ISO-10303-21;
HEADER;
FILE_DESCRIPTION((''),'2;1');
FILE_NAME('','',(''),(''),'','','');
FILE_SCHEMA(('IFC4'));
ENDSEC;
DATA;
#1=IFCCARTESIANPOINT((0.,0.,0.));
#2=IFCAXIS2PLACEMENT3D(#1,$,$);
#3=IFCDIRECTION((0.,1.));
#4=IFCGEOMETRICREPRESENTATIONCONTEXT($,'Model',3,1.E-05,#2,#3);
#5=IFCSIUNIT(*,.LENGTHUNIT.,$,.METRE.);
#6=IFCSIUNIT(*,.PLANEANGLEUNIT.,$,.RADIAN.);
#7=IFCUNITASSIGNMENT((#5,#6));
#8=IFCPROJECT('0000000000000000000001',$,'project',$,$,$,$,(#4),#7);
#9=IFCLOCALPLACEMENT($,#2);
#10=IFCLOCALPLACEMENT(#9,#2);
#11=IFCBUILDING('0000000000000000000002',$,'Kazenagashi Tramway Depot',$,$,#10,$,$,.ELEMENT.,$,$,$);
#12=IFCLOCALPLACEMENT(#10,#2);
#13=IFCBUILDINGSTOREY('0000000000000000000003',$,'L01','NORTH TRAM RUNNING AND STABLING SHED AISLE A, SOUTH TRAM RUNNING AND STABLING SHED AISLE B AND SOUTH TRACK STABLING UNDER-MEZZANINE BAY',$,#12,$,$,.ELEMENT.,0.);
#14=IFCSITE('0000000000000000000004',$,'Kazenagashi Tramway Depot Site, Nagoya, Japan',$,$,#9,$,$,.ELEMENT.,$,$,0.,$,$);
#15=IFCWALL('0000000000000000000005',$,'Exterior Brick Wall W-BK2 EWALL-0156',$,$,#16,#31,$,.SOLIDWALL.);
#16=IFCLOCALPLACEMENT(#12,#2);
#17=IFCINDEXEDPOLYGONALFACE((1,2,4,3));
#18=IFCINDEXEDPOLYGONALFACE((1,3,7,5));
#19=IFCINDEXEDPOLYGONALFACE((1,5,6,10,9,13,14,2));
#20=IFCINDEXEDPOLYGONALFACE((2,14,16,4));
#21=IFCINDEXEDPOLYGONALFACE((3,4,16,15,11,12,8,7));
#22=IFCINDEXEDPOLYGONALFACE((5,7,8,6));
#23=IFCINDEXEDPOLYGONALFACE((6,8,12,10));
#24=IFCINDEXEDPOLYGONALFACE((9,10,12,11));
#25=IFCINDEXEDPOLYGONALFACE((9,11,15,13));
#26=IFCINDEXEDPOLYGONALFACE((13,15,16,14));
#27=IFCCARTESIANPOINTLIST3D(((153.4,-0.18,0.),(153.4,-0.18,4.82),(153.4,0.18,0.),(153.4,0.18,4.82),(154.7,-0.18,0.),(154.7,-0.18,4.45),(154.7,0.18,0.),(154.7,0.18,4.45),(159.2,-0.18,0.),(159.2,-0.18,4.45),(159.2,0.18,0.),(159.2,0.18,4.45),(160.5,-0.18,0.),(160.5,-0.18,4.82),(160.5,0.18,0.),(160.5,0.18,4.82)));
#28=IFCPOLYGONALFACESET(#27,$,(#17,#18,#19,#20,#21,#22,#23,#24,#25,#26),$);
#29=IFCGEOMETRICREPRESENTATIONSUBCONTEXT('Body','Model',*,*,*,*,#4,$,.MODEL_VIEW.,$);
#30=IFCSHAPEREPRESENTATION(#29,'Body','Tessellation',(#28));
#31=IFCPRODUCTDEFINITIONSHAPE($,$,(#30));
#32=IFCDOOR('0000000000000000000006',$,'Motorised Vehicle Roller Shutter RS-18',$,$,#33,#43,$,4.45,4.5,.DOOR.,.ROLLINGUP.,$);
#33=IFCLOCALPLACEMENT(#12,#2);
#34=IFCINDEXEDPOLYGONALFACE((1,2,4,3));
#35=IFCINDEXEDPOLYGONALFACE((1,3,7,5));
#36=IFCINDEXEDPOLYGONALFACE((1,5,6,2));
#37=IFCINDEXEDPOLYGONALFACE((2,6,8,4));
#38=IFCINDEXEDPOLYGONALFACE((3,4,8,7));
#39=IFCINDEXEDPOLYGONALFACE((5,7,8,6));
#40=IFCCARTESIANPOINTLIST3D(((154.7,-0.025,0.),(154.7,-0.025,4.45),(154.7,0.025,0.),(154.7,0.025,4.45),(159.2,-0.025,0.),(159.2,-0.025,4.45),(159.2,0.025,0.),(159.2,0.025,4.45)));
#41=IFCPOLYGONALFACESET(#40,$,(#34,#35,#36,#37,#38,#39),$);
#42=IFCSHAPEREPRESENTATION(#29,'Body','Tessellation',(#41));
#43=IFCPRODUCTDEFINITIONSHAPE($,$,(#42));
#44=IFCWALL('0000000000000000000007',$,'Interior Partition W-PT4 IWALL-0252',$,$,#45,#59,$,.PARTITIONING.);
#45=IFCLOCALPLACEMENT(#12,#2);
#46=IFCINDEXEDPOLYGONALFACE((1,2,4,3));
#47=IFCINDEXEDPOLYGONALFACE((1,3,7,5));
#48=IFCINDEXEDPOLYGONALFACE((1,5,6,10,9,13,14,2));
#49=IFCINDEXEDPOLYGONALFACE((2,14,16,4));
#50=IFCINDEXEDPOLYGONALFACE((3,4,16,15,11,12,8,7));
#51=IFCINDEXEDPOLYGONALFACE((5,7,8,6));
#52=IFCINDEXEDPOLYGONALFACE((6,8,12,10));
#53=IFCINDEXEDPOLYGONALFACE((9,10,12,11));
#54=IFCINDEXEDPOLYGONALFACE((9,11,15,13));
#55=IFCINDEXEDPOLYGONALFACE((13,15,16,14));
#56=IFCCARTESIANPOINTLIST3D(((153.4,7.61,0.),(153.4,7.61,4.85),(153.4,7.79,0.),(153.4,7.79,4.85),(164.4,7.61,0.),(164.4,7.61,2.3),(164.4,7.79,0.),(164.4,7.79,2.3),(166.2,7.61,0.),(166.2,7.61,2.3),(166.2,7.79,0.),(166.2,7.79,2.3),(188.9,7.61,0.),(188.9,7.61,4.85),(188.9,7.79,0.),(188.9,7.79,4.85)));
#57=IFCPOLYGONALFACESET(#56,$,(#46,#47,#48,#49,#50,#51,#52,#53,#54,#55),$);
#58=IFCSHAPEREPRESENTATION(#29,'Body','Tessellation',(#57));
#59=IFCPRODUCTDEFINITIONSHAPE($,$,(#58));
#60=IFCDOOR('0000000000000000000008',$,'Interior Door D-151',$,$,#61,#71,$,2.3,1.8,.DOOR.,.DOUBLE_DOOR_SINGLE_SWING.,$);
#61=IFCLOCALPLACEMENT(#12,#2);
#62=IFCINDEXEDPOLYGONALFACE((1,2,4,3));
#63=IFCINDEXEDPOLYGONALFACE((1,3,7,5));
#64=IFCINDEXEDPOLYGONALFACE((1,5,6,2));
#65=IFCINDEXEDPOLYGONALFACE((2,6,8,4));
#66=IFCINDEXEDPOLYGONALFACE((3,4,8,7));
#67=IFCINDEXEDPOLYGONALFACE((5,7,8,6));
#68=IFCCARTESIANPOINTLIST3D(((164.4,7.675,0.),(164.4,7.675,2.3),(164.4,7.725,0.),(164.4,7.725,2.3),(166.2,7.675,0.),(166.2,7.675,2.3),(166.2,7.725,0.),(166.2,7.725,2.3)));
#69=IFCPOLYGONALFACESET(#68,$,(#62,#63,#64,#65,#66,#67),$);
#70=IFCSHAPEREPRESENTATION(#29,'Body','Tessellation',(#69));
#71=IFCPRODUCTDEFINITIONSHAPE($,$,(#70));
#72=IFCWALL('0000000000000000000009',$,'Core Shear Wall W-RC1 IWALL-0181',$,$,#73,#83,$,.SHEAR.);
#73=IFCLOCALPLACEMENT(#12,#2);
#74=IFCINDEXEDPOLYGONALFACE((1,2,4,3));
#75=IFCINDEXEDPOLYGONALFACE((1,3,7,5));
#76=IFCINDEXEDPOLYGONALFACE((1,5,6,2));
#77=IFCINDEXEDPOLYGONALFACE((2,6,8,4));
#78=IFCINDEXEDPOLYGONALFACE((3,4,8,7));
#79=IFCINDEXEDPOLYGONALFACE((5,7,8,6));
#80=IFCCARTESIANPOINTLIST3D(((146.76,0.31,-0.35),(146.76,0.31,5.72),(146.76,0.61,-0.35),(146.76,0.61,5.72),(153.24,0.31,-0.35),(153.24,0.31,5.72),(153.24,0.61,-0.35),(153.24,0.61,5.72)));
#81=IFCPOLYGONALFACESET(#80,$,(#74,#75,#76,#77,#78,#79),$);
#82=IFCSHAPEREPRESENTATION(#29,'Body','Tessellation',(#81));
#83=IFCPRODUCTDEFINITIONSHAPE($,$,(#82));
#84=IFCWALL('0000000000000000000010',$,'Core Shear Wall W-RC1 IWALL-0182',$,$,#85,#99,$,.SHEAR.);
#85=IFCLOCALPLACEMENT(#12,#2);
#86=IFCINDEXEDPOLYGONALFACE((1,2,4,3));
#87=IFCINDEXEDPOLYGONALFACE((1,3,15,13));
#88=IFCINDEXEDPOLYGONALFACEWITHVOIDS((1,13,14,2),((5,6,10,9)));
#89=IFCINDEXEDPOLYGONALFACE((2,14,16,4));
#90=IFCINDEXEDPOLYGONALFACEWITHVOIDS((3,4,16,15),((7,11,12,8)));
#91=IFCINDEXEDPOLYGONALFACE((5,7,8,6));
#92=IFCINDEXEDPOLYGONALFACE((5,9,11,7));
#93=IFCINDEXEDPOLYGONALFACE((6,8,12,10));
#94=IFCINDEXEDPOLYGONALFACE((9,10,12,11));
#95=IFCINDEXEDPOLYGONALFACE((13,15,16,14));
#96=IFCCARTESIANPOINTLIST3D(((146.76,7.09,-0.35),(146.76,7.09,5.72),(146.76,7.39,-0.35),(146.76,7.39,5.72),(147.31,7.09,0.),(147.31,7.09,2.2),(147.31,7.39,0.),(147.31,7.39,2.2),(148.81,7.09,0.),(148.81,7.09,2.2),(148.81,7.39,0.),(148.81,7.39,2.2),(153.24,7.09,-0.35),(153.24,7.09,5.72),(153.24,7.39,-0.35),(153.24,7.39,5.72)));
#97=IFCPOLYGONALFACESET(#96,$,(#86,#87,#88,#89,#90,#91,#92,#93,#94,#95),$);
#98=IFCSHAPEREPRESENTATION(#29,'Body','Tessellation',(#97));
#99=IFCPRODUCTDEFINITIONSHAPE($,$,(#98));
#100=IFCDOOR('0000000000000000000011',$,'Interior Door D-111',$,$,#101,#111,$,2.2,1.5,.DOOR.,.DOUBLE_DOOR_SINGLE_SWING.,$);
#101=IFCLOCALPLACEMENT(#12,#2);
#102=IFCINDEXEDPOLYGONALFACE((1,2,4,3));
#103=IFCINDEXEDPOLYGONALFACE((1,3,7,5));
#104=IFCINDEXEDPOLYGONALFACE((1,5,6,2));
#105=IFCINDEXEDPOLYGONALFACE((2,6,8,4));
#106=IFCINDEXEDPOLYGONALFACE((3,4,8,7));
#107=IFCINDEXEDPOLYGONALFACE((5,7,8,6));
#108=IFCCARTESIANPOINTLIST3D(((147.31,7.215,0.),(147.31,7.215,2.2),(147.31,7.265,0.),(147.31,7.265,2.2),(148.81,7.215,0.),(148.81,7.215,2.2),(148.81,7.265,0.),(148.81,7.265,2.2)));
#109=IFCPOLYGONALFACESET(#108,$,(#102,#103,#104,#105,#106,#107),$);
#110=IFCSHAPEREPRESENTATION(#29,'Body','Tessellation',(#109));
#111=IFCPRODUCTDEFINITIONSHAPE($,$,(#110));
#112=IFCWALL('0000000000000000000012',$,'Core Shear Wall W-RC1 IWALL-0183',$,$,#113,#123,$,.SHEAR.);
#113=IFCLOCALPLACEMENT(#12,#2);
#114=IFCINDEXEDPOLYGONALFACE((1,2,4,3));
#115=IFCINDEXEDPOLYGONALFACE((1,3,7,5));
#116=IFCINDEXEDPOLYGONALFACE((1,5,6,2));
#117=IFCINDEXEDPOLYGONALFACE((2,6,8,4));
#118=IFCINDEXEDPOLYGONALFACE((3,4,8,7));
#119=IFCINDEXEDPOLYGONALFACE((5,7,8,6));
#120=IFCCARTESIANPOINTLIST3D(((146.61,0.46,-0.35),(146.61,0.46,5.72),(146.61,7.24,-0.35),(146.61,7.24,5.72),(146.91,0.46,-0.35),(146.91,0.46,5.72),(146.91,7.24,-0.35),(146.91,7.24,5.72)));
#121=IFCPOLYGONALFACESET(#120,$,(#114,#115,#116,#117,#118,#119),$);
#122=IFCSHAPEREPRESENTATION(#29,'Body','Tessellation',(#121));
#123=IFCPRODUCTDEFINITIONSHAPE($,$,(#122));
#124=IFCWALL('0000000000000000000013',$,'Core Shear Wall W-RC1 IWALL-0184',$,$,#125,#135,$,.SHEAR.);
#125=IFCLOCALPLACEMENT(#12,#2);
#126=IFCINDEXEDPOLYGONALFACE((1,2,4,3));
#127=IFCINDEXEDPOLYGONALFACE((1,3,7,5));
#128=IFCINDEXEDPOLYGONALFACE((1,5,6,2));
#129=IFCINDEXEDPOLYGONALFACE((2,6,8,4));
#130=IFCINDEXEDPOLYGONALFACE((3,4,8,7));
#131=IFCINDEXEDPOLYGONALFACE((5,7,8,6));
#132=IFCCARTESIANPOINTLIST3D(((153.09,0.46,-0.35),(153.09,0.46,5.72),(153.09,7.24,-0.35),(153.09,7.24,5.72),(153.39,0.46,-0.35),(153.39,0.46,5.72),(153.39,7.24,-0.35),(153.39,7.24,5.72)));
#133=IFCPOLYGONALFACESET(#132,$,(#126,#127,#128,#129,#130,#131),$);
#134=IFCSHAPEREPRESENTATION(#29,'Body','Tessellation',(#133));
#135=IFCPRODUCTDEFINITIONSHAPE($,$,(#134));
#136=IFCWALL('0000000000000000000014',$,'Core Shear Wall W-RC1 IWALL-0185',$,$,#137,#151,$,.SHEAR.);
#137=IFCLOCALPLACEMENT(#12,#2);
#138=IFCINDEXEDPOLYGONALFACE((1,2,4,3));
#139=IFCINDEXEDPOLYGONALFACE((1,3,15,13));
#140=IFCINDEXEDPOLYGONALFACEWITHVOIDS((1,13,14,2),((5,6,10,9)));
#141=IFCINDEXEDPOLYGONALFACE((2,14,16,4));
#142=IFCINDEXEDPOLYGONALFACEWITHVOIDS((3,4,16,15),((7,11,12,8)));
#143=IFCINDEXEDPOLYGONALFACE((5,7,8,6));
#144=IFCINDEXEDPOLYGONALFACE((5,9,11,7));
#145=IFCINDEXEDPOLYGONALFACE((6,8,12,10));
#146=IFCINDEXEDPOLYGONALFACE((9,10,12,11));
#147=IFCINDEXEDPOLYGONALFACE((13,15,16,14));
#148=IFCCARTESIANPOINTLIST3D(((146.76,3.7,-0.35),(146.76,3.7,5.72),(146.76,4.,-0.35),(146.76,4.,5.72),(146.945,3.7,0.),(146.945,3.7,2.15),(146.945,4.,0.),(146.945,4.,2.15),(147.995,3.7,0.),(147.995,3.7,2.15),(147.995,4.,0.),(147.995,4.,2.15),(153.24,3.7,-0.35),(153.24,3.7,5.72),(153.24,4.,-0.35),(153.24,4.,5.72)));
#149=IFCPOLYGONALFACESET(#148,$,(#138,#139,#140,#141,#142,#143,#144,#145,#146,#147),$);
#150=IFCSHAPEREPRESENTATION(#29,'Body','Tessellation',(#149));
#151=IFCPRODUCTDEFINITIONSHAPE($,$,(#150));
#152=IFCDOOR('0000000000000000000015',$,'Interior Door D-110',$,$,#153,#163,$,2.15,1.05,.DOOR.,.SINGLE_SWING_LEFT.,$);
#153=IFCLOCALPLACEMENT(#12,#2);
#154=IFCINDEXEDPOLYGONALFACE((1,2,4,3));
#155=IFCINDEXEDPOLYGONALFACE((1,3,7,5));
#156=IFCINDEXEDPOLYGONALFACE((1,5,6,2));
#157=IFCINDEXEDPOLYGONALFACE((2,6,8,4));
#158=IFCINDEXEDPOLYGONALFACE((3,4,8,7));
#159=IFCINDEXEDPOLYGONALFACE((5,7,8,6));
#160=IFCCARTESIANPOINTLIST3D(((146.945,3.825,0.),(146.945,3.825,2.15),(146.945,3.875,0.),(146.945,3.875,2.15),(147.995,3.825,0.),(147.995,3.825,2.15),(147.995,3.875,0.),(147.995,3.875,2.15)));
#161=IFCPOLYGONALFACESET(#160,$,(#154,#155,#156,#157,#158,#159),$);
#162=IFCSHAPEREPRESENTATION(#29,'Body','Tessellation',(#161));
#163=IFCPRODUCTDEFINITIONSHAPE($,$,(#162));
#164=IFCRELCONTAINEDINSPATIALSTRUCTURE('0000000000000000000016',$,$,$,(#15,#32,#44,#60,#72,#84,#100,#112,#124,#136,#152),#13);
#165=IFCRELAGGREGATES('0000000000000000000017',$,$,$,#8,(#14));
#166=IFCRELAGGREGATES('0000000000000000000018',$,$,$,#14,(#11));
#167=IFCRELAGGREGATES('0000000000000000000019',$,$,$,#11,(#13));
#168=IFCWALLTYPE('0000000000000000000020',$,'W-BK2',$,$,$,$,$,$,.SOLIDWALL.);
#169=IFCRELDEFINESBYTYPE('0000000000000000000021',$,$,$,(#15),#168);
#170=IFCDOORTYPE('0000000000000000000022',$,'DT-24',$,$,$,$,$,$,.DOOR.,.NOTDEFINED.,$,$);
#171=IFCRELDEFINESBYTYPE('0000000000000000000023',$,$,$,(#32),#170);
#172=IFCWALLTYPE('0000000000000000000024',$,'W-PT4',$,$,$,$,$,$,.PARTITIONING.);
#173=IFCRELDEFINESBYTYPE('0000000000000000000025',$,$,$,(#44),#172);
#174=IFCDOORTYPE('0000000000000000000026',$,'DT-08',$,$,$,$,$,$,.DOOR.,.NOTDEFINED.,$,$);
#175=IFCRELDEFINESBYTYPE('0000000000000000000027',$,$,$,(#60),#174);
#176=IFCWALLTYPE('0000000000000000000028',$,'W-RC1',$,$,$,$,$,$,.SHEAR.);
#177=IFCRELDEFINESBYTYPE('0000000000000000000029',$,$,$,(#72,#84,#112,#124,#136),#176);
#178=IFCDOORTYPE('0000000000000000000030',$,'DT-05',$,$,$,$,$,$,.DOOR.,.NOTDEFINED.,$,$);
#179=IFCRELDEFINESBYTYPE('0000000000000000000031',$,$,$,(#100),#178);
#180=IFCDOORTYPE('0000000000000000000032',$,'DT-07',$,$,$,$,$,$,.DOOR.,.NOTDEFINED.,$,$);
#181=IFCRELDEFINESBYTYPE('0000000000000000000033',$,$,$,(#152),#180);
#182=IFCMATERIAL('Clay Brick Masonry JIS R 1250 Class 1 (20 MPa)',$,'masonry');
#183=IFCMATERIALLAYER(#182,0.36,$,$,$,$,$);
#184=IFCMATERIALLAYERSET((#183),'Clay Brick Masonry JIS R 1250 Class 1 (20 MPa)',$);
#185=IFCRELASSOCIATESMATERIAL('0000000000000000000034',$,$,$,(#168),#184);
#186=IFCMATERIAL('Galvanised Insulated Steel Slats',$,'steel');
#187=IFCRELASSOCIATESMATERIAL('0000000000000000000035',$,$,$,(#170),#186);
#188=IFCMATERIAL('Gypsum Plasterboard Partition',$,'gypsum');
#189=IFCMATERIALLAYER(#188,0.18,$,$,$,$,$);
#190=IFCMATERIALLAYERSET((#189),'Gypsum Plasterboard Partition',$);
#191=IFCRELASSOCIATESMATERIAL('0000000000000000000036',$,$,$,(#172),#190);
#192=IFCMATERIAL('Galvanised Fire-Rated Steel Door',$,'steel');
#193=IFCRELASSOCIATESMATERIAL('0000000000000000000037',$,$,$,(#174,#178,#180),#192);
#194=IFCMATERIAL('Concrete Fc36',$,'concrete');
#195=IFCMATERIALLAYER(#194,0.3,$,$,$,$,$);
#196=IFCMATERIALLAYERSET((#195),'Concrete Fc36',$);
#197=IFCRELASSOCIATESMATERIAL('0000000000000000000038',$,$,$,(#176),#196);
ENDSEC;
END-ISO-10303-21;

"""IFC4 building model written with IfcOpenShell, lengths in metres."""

from ifc_helpers import new_model, si_unit, direction, frame, frame_2d, origin, place, context, subcontext, project, spatial, rectangle, extrude, material, layer, layer_set, type_object, element, fill, save


model = new_model("IFC4")

# Units and contexts
model_context = context("Model", 3, precision=1e-05, world=origin(), true_north=direction((0.0, 1.0)))
body_context = subcontext(model_context, "Body", "Model", "MODEL_VIEW")
ifc_project = project(units=[si_unit("LENGTHUNIT", "METRE"), si_unit("PLANEANGLEUNIT", "RADIAN")], contexts=[model_context])

# Site, building, storey
site_placement = place(None, origin())
site = spatial("IfcSite", under=ifc_project, at=site_placement, Name="Kazenagashi Tramway Depot Site, Nagoya, Japan", CompositionType="ELEMENT", RefElevation=0.0)
building_placement = place(site_placement, origin())
building = spatial("IfcBuilding", under=site, at=building_placement, Name="Kazenagashi Tramway Depot", CompositionType="ELEMENT")
storey_placement = place(building_placement, origin())
storey = spatial("IfcBuildingStorey", under=building, at=storey_placement, Name="L01", Description="NORTH TRAM RUNNING AND STABLING SHED AISLE A, SOUTH TRAM RUNNING AND STABLING SHED AISLE B AND SOUTH TRACK STABLING UNDER-MEZZANINE BAY", CompositionType="ELEMENT", Elevation=0.0)

# Walls, openings, doors
ifc_material_1 = material(Name="Clay Brick Masonry JIS R 1250 Class 1 (20 MPa)", Category="masonry")
ifc_layer_1 = layer(ifc_material_1, 0.36)
ifc_layer_set_1 = layer_set([ifc_layer_1], Name="Clay Brick Masonry JIS R 1250 Class 1 (20 MPa)")
wall_type_1 = type_object("IfcWallType", Name="W-BK2", PredefinedType="SOLIDWALL", material=ifc_layer_set_1)
wall_1_placement = place(storey_placement, frame((153.4, 0.0, 0.0), z_axis=(0.0, 0.0, 1.0), x_axis=(1.0, 0.0, 0.0)))
wall_1 = element("IfcWall", 1, at=wall_1_placement, inside=storey, type_object=wall_type_1, Name="Exterior Brick Wall W-BK2 EWALL-0156", PredefinedType="SOLIDWALL", context=body_context, shape_type="SweptSolid", body=[
    extrude(rectangle(XDim=7.1, YDim=0.36, at=frame_2d((3.55, 0.0))), origin(), (0.0, 0.0, 1.0), 4.82),
])
opening_1_placement = place(wall_1_placement, frame((1.3, 0.0, 0.0)))
opening_1 = element("IfcOpeningElement", 2, at=opening_1_placement, cuts=wall_1, PredefinedType="OPENING", context=body_context, shape_type="SweptSolid", body=[
    extrude(rectangle(XDim=4.5, YDim=4.45, at=frame_2d((2.25, 2.225))), frame((0.0, 0.19, 0.0), z_axis=(0.0, -1.0, 0.0), x_axis=(1.0, 0.0, 0.0)), (0.0, 0.0, 1.0), 0.38),
])
ifc_material_2 = material(Name="Galvanised Insulated Steel Slats", Category="steel")
door_type_1 = type_object("IfcDoorType", Name="DT-24", OperationType="NOTDEFINED", PredefinedType="DOOR", material=ifc_material_2)
door_1_placement = place(opening_1_placement, frame((4.5, 0.0, 0.0), z_axis=(0.0, 0.0, 1.0), x_axis=(-1.0, 0.0, 0.0)))
door_1 = element("IfcDoor", 3, at=door_1_placement, inside=storey, type_object=door_type_1, Name="Motorised Vehicle Roller Shutter RS-18", OperationType="ROLLINGUP", OverallHeight=4.45, OverallWidth=4.5, PredefinedType="DOOR", context=body_context, shape_type="SweptSolid", body=[
    extrude(rectangle(XDim=4.5, YDim=4.45, at=frame_2d((2.25, 2.225))), frame((0.0, 0.025, 0.0), z_axis=(0.0, -1.0, 0.0), x_axis=(1.0, 0.0, 0.0)), (0.0, 0.0, 1.0), 0.05),
])
fill(opening_1, door_1)
ifc_material_3 = material(Name="Gypsum Plasterboard Partition", Category="gypsum")
ifc_layer_2 = layer(ifc_material_3, 0.18)
ifc_layer_set_2 = layer_set([ifc_layer_2], Name="Gypsum Plasterboard Partition")
wall_type_2 = type_object("IfcWallType", Name="W-PT4", PredefinedType="PARTITIONING", material=ifc_layer_set_2)
wall_2_placement = place(storey_placement, frame((153.4, 7.7, 0.0), z_axis=(0.0, 0.0, 1.0), x_axis=(1.0, 0.0, 0.0)))
wall_2 = element("IfcWall", 4, at=wall_2_placement, inside=storey, type_object=wall_type_2, Name="Interior Partition W-PT4 IWALL-0252", PredefinedType="PARTITIONING", context=body_context, shape_type="SweptSolid", body=[
    extrude(rectangle(XDim=35.5, YDim=0.18, at=frame_2d((17.75, 0.0))), origin(), (0.0, 0.0, 1.0), 4.85),
])
opening_2_placement = place(wall_2_placement, frame((11.0, 0.0, 0.0)))
opening_2 = element("IfcOpeningElement", 5, at=opening_2_placement, cuts=wall_2, PredefinedType="OPENING", context=body_context, shape_type="SweptSolid", body=[
    extrude(rectangle(XDim=1.8, YDim=2.3, at=frame_2d((0.9, 1.15))), frame((0.0, 0.1, 0.0), z_axis=(0.0, -1.0, 0.0), x_axis=(1.0, 0.0, 0.0)), (0.0, 0.0, 1.0), 0.2),
])
ifc_material_4 = material(Name="Galvanised Fire-Rated Steel Door", Category="steel")
door_type_2 = type_object("IfcDoorType", Name="DT-08", OperationType="NOTDEFINED", PredefinedType="DOOR", material=ifc_material_4)
door_2_placement = place(opening_2_placement, origin())
door_2 = element("IfcDoor", 6, at=door_2_placement, inside=storey, type_object=door_type_2, Name="Interior Door D-151", OperationType="DOUBLE_DOOR_SINGLE_SWING", OverallHeight=2.3, OverallWidth=1.8, PredefinedType="DOOR", context=body_context, shape_type="SweptSolid", body=[
    extrude(rectangle(XDim=1.8, YDim=2.3, at=frame_2d((0.9, 1.15))), frame((0.0, 0.025, 0.0), z_axis=(0.0, -1.0, 0.0), x_axis=(1.0, 0.0, 0.0)), (0.0, 0.0, 1.0), 0.05),
])
fill(opening_2, door_2)

# Wall
ifc_material_5 = material(Name="Concrete Fc36", Category="concrete")
ifc_layer_3 = layer(ifc_material_5, 0.3)
ifc_layer_set_3 = layer_set([ifc_layer_3], Name="Concrete Fc36")
wall_type_3 = type_object("IfcWallType", Name="W-RC1", PredefinedType="SHEAR", material=ifc_layer_set_3)
wall_3_placement = place(storey_placement, frame((146.76, 0.46, -0.35), z_axis=(0.0, 0.0, 1.0), x_axis=(1.0, 0.0, 0.0)))
element("IfcWall", 7, at=wall_3_placement, inside=storey, type_object=wall_type_3, Name="Core Shear Wall W-RC1 IWALL-0181", PredefinedType="SHEAR", context=body_context, shape_type="SweptSolid", body=[
    extrude(rectangle(XDim=6.48, YDim=0.3, at=frame_2d((3.24, 0.0))), origin(), (0.0, 0.0, 1.0), 6.07),
])

# Wall, opening, door
wall_4_placement = place(storey_placement, frame((146.76, 7.24, -0.35), z_axis=(0.0, 0.0, 1.0), x_axis=(1.0, 0.0, 0.0)))
wall_4 = element("IfcWall", 8, at=wall_4_placement, inside=storey, type_object=wall_type_3, Name="Core Shear Wall W-RC1 IWALL-0182", PredefinedType="SHEAR", context=body_context, shape_type="SweptSolid", body=[
    extrude(rectangle(XDim=6.48, YDim=0.3, at=frame_2d((3.24, 0.0))), origin(), (0.0, 0.0, 1.0), 6.07),
])
opening_3_placement = place(wall_4_placement, frame((0.55, 0.0, 0.35)))
opening_3 = element("IfcOpeningElement", 9, at=opening_3_placement, cuts=wall_4, PredefinedType="OPENING", context=body_context, shape_type="SweptSolid", body=[
    extrude(rectangle(XDim=1.5, YDim=2.2, at=frame_2d((0.75, 1.1))), frame((0.0, 0.16, 0.0), z_axis=(0.0, -1.0, 0.0), x_axis=(1.0, 0.0, 0.0)), (0.0, 0.0, 1.0), 0.32),
])
door_type_3 = type_object("IfcDoorType", Name="DT-05", OperationType="NOTDEFINED", PredefinedType="DOOR", material=ifc_material_4)
door_3_placement = place(opening_3_placement, origin())
door_3 = element("IfcDoor", 10, at=door_3_placement, inside=storey, type_object=door_type_3, Name="Interior Door D-111", OperationType="DOUBLE_DOOR_SINGLE_SWING", OverallHeight=2.2, OverallWidth=1.5, PredefinedType="DOOR", context=body_context, shape_type="SweptSolid", body=[
    extrude(rectangle(XDim=1.5, YDim=2.2, at=frame_2d((0.75, 1.1))), frame((0.0, 0.025, 0.0), z_axis=(0.0, -1.0, 0.0), x_axis=(1.0, 0.0, 0.0)), (0.0, 0.0, 1.0), 0.05),
])
fill(opening_3, door_3)

# Walls
for number, where, z_axis, x_axis, name in (
    (11, (146.76, 0.46, -0.35), (0.0, 0.0, 1.0), (0.0, 1.0, 0.0), "Core Shear Wall W-RC1 IWALL-0183"),
    (12, (153.24, 0.46, -0.35), (0.0, 0.0, 1.0), (0.0, 1.0, 0.0), "Core Shear Wall W-RC1 IWALL-0184"),
):
    element("IfcWall", number, at=place(storey_placement, frame(where, z_axis=z_axis, x_axis=x_axis)), inside=storey, type_object=wall_type_3, Name=name, PredefinedType="SHEAR", context=body_context, shape_type="SweptSolid", body=[
        extrude(rectangle(XDim=6.78, YDim=0.3, at=frame_2d((3.39, 0.0))), origin(), (0.0, 0.0, 1.0), 6.07),
    ])

# Wall, opening, door
wall_5_placement = place(storey_placement, frame((146.76, 3.85, -0.35), z_axis=(0.0, 0.0, 1.0), x_axis=(1.0, 0.0, 0.0)))
wall_5 = element("IfcWall", 13, at=wall_5_placement, inside=storey, type_object=wall_type_3, Name="Core Shear Wall W-RC1 IWALL-0185", PredefinedType="SHEAR", context=body_context, shape_type="SweptSolid", body=[
    extrude(rectangle(XDim=6.48, YDim=0.3, at=frame_2d((3.24, 0.0))), origin(), (0.0, 0.0, 1.0), 6.07),
])
opening_4_placement = place(wall_5_placement, frame((0.185, 0.0, 0.35)))
opening_4 = element("IfcOpeningElement", 14, at=opening_4_placement, cuts=wall_5, PredefinedType="OPENING", context=body_context, shape_type="SweptSolid", body=[
    extrude(rectangle(XDim=1.05, YDim=2.15, at=frame_2d((0.525, 1.075))), frame((0.0, 0.16, 0.0), z_axis=(0.0, -1.0, 0.0), x_axis=(1.0, 0.0, 0.0)), (0.0, 0.0, 1.0), 0.32),
])
door_type_4 = type_object("IfcDoorType", Name="DT-07", OperationType="NOTDEFINED", PredefinedType="DOOR", material=ifc_material_4)
door_4_placement = place(opening_4_placement, origin())
door_4 = element("IfcDoor", 15, at=door_4_placement, inside=storey, type_object=door_type_4, Name="Interior Door D-110", OperationType="SINGLE_SWING_LEFT", OverallHeight=2.15, OverallWidth=1.05, PredefinedType="DOOR", context=body_context, shape_type="SweptSolid", body=[
    extrude(rectangle(XDim=1.05, YDim=2.15, at=frame_2d((0.525, 1.075))), frame((0.0, 0.025, 0.0), z_axis=(0.0, -1.0, 0.0), x_axis=(1.0, 0.0, 0.0)), (0.0, 0.0, 1.0), 0.05),
])
fill(opening_4, door_4)

save(model, "model.ifc")
